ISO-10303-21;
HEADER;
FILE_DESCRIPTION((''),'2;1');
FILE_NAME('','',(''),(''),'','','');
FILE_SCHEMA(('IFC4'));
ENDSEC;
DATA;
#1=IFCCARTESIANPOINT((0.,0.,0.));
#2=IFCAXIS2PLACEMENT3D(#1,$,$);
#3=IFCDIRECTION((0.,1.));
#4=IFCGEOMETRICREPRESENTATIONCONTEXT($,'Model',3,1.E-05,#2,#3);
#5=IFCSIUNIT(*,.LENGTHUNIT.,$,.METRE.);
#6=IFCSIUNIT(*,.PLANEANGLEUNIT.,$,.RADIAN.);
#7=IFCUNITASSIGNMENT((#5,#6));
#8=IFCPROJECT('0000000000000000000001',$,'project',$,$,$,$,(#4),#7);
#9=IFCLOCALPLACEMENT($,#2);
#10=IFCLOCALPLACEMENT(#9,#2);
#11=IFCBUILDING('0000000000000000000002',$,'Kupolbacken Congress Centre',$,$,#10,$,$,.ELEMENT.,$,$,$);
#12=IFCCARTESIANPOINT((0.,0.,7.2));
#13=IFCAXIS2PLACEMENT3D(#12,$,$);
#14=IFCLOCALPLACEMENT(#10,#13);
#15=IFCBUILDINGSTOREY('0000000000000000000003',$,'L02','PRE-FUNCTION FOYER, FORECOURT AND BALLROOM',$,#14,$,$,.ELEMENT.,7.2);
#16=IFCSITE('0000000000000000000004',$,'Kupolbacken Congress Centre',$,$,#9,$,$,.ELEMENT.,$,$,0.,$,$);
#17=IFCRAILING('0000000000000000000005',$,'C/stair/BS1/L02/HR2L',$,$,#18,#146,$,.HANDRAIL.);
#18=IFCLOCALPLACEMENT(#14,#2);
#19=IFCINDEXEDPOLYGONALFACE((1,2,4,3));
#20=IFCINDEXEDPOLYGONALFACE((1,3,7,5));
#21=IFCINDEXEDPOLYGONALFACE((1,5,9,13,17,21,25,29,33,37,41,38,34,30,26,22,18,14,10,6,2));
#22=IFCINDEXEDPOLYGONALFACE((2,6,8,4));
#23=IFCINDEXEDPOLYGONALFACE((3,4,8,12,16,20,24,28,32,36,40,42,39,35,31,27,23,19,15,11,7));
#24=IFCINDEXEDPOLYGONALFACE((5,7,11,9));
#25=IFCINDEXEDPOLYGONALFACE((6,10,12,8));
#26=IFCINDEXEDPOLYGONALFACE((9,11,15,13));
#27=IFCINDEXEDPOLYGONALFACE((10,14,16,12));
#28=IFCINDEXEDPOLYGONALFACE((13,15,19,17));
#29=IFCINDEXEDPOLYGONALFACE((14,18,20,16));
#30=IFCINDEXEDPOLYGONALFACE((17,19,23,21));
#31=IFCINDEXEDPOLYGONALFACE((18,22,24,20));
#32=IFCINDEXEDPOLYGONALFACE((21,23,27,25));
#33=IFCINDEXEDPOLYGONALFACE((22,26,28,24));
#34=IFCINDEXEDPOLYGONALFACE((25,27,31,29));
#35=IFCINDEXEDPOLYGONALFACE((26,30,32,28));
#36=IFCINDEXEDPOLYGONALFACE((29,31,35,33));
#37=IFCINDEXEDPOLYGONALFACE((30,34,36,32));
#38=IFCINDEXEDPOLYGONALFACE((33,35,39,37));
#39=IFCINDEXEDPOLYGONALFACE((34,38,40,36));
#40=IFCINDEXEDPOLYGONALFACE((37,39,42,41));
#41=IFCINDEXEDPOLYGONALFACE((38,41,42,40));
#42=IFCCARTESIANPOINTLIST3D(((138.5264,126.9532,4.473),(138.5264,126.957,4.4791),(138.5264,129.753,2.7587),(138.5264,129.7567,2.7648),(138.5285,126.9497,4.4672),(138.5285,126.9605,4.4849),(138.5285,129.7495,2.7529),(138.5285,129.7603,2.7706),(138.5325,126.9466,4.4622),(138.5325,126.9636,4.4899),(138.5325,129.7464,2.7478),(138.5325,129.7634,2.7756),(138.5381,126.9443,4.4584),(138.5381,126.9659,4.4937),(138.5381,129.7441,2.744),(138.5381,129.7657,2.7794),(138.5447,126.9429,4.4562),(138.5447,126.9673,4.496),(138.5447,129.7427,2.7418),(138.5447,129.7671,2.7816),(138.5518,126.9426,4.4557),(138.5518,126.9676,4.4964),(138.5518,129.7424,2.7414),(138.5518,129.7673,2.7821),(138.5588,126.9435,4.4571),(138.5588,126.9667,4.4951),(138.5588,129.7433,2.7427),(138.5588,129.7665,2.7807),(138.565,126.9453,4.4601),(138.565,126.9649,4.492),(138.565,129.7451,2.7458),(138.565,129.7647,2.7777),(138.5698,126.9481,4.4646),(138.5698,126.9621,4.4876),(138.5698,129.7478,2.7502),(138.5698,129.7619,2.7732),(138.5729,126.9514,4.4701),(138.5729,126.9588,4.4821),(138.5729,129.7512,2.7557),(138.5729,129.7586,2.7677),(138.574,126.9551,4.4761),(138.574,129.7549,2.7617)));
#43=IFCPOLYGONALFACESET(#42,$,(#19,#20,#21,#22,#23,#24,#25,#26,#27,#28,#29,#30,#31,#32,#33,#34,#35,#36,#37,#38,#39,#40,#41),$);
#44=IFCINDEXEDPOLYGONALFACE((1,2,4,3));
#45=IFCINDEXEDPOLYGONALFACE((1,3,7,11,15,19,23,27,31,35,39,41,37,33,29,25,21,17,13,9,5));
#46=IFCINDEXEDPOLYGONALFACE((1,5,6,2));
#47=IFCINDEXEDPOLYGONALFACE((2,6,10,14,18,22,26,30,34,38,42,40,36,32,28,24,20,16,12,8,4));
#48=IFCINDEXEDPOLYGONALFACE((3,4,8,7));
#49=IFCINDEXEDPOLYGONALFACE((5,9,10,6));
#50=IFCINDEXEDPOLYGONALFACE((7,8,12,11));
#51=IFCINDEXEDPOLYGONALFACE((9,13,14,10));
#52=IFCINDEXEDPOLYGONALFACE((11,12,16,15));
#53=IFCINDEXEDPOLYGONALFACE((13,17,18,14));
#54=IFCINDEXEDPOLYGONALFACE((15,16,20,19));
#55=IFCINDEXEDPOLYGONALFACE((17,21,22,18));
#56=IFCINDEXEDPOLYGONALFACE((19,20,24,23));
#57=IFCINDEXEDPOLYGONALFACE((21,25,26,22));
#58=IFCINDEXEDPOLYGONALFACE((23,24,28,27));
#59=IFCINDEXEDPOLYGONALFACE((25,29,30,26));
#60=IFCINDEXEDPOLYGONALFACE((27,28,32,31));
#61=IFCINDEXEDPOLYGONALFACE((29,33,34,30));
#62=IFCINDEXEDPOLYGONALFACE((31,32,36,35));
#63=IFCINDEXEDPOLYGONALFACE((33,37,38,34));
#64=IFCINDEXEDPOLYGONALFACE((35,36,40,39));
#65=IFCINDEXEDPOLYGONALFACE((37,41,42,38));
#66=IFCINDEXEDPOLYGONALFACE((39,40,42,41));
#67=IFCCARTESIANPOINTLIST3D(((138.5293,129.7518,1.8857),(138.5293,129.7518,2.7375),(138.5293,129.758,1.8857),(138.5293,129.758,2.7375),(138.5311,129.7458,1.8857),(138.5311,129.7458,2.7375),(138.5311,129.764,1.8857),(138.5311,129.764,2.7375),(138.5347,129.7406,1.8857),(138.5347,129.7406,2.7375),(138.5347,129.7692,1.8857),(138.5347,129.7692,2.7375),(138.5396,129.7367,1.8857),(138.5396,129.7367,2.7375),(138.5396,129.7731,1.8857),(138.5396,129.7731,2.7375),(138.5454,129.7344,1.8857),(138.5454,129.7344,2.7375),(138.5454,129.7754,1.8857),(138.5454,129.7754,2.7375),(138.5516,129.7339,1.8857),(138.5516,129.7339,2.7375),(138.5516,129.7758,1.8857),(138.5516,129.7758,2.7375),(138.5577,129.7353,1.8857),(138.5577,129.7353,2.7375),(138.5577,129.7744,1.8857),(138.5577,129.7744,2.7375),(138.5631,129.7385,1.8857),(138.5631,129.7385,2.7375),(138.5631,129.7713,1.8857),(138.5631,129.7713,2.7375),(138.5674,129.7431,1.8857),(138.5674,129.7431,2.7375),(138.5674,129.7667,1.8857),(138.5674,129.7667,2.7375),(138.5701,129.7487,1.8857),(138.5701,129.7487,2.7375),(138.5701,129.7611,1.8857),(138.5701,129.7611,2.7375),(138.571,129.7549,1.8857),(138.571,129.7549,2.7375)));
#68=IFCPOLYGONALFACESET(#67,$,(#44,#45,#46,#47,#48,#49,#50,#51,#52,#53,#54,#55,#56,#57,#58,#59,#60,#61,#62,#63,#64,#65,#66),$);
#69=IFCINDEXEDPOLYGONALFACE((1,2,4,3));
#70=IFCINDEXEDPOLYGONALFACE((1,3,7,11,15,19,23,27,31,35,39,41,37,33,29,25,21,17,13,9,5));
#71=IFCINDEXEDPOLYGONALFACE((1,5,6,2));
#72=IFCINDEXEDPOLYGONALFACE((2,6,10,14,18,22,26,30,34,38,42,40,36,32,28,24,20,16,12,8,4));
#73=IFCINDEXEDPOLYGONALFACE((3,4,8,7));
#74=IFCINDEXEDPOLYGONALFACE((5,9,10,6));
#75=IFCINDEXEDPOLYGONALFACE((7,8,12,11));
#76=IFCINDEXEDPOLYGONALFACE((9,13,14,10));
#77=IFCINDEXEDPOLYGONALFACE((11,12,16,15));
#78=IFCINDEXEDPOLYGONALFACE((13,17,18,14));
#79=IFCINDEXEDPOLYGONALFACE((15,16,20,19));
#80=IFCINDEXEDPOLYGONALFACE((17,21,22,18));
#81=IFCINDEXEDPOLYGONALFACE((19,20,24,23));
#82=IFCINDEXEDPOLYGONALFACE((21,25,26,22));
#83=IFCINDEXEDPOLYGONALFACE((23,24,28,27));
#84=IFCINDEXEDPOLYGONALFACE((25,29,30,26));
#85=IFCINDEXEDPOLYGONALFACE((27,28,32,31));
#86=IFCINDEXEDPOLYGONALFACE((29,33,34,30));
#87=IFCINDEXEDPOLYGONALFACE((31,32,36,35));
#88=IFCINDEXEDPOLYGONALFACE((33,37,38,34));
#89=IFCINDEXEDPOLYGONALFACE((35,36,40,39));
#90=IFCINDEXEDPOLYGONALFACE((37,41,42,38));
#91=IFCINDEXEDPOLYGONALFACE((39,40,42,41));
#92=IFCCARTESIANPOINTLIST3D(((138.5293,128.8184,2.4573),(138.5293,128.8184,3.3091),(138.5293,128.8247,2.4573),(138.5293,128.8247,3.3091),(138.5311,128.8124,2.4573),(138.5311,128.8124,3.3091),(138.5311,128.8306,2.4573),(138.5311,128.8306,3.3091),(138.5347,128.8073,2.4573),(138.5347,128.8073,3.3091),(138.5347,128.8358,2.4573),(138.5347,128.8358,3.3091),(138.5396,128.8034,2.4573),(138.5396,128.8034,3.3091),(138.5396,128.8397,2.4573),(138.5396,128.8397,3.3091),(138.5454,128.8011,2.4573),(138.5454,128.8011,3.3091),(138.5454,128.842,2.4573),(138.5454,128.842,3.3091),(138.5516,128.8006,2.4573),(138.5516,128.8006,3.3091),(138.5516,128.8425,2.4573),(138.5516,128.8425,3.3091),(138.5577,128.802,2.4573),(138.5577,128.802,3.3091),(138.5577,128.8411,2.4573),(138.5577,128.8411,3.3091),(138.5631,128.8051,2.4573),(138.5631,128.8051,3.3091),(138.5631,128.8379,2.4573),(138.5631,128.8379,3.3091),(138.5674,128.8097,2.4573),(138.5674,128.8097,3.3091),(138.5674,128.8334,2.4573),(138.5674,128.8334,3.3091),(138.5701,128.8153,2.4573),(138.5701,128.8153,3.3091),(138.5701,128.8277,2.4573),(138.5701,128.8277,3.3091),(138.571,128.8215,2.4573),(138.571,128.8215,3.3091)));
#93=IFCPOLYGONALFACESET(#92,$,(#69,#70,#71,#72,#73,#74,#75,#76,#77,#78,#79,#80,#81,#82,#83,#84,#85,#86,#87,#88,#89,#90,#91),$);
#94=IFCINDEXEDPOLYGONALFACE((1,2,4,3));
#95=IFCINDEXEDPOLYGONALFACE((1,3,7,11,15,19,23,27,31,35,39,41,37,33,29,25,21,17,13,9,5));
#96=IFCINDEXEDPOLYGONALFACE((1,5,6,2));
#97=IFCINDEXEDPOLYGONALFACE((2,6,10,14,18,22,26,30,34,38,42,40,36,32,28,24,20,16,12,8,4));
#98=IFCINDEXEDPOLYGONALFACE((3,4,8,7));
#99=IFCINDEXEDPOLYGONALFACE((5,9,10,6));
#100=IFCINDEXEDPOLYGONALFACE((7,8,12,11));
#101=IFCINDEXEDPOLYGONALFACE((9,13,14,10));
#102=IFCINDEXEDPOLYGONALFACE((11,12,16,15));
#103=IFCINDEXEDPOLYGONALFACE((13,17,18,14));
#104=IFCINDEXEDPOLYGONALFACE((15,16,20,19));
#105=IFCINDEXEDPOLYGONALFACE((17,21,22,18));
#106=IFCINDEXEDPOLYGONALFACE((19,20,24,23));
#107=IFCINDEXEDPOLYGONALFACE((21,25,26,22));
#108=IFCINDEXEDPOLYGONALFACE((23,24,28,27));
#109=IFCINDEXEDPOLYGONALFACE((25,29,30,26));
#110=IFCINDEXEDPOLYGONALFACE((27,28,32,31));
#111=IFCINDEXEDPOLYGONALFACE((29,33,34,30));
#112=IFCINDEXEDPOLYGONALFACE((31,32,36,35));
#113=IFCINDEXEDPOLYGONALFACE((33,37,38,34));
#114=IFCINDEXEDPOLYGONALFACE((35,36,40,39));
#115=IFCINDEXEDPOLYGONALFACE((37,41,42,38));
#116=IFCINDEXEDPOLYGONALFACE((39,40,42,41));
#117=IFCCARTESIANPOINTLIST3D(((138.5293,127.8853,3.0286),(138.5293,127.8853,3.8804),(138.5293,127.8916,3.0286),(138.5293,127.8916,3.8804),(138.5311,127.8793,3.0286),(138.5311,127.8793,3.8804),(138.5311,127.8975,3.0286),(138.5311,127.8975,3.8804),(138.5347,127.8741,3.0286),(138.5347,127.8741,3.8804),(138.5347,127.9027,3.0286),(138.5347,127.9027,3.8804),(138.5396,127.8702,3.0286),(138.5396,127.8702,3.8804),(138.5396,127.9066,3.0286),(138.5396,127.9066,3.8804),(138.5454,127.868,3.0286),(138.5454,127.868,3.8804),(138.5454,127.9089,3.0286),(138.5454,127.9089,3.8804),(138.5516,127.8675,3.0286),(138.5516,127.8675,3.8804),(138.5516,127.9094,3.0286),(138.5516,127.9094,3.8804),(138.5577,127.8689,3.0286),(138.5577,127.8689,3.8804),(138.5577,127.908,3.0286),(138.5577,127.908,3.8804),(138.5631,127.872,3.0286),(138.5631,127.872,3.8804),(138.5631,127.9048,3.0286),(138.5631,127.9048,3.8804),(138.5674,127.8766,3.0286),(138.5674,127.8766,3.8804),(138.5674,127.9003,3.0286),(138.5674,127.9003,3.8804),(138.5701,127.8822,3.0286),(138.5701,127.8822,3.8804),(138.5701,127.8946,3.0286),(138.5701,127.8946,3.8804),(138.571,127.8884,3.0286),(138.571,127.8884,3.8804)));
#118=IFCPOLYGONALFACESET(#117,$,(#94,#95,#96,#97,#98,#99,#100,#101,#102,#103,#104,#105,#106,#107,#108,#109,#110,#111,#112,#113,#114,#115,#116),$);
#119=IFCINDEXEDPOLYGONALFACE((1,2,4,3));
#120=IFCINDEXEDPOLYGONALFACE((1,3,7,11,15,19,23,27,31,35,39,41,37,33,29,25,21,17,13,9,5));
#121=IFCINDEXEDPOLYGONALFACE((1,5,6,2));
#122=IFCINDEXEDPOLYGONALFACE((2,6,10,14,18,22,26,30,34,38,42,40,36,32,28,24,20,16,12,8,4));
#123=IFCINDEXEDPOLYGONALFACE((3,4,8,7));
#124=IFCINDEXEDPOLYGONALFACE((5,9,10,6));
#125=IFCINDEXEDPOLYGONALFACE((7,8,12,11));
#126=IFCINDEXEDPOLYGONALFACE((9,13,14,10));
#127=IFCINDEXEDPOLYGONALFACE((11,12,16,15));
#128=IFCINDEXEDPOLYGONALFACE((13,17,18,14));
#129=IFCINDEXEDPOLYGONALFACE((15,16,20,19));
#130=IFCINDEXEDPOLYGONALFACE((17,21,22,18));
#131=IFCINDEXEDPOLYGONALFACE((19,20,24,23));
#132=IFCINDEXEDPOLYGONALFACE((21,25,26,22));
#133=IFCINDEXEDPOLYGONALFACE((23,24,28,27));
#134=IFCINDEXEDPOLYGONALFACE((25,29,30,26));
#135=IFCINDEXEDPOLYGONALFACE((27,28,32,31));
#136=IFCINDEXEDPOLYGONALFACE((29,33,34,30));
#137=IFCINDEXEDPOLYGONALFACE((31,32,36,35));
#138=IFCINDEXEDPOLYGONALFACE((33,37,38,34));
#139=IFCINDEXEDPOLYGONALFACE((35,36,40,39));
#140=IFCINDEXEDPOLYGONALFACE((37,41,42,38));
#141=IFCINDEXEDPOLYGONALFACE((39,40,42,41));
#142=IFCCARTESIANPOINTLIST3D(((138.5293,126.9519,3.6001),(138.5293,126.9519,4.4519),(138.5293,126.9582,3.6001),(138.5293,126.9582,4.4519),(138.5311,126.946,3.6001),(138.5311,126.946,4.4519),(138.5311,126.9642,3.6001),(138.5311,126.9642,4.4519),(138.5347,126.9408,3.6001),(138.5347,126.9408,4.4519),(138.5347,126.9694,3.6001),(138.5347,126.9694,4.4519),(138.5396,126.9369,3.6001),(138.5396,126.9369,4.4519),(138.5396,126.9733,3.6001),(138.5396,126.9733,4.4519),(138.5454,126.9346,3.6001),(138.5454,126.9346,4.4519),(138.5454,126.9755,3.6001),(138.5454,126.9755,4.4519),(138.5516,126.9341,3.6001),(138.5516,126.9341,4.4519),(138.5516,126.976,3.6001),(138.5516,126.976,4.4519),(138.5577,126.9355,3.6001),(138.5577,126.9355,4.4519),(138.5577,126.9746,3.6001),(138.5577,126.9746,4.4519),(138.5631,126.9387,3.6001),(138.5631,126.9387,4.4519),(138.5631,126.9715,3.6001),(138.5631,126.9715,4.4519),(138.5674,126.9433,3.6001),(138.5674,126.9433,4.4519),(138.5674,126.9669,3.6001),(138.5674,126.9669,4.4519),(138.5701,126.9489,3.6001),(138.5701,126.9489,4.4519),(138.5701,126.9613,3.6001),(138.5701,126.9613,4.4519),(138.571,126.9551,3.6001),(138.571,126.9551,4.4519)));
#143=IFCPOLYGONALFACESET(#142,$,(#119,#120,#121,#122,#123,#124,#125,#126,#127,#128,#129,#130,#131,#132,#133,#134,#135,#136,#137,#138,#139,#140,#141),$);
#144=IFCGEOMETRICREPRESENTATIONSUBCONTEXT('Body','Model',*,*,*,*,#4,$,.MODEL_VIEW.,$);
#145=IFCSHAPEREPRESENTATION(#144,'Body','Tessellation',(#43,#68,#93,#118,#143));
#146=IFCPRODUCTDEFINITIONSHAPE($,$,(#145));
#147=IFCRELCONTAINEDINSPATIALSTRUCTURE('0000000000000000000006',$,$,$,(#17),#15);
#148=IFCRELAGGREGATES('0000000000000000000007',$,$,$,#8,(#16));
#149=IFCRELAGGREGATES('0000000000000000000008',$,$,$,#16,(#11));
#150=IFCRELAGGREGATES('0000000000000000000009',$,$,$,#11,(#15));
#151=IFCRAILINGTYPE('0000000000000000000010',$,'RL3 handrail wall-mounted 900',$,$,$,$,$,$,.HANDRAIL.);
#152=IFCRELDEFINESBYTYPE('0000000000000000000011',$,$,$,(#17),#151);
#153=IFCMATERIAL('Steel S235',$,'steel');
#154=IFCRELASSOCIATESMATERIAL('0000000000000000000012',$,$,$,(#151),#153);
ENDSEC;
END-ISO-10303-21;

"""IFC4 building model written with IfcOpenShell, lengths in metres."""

from ifc_helpers import new_model, si_unit, direction, frame, origin, origin_2d, place, context, subcontext, project, spatial, circle, extrude, material, type_object, element, save


model = new_model("IFC4")

# Units and contexts
model_context = context("Model", 3, precision=1e-05, world=origin(), true_north=direction((0.0, 1.0)))
body_context = subcontext(model_context, "Body", "Model", "MODEL_VIEW")
ifc_project = project(units=[si_unit("LENGTHUNIT", "METRE"), si_unit("PLANEANGLEUNIT", "RADIAN")], contexts=[model_context])

# Site, building, storey
site_placement = place(None, origin())
site = spatial("IfcSite", under=ifc_project, at=site_placement, Name="Kupolbacken Congress Centre", CompositionType="ELEMENT", RefElevation=0.0)
building_placement = place(site_placement, origin())
building = spatial("IfcBuilding", under=site, at=building_placement, Name="Kupolbacken Congress Centre", CompositionType="ELEMENT")
storey_placement = place(building_placement, frame((0.0, 0.0, 7.2)))
storey = spatial("IfcBuildingStorey", under=building, at=storey_placement, Name="L02", Description="PRE-FUNCTION FOYER, FORECOURT AND BALLROOM", CompositionType="ELEMENT", Elevation=7.2)

# Railing
ifc_material_1 = material(Name="Steel S235", Category="steel")
railing_type = type_object("IfcRailingType", Name="RL3 handrail wall-mounted 900", PredefinedType="HANDRAIL", material=ifc_material_1)
for number, where, name in (
    (1, (138.55, 129.7549, 1.8857), "C/stair/BS1/L02/HR2L"),
):
    element("IfcRailing", number, at=place(storey_placement, frame(where)), inside=storey, type_object=railing_type, Name=name, PredefinedType="HANDRAIL", context=body_context, shape_type="SweptSolid", body=[
        extrude(circle(Radius=0.0239, at=origin_2d()), frame((0.0, 0.0, 0.876), z_axis=(0.0, -0.852826, 0.522196), x_axis=(1.0, 0.0, 0.0)), (0.0, 0.0, 1.0), 3.283),
        extrude(circle(Radius=0.021, at=origin_2d()), origin(), (0.0, 0.0, 1.0), 0.8518),
        extrude(circle(Radius=0.021, at=origin_2d()), frame((0.0, -0.9333, 0.5715)), (0.0, 0.0, 1.0), 0.8518),
        extrude(circle(Radius=0.021, at=origin_2d()), frame((0.0, -1.8665, 1.1428)), (0.0, 0.0, 1.0), 0.8518),
        extrude(circle(Radius=0.021, at=origin_2d()), frame((0.0, -2.7998, 1.7144)), (0.0, 0.0, 1.0), 0.8518),
    ])

save(model, "model.ifc")
